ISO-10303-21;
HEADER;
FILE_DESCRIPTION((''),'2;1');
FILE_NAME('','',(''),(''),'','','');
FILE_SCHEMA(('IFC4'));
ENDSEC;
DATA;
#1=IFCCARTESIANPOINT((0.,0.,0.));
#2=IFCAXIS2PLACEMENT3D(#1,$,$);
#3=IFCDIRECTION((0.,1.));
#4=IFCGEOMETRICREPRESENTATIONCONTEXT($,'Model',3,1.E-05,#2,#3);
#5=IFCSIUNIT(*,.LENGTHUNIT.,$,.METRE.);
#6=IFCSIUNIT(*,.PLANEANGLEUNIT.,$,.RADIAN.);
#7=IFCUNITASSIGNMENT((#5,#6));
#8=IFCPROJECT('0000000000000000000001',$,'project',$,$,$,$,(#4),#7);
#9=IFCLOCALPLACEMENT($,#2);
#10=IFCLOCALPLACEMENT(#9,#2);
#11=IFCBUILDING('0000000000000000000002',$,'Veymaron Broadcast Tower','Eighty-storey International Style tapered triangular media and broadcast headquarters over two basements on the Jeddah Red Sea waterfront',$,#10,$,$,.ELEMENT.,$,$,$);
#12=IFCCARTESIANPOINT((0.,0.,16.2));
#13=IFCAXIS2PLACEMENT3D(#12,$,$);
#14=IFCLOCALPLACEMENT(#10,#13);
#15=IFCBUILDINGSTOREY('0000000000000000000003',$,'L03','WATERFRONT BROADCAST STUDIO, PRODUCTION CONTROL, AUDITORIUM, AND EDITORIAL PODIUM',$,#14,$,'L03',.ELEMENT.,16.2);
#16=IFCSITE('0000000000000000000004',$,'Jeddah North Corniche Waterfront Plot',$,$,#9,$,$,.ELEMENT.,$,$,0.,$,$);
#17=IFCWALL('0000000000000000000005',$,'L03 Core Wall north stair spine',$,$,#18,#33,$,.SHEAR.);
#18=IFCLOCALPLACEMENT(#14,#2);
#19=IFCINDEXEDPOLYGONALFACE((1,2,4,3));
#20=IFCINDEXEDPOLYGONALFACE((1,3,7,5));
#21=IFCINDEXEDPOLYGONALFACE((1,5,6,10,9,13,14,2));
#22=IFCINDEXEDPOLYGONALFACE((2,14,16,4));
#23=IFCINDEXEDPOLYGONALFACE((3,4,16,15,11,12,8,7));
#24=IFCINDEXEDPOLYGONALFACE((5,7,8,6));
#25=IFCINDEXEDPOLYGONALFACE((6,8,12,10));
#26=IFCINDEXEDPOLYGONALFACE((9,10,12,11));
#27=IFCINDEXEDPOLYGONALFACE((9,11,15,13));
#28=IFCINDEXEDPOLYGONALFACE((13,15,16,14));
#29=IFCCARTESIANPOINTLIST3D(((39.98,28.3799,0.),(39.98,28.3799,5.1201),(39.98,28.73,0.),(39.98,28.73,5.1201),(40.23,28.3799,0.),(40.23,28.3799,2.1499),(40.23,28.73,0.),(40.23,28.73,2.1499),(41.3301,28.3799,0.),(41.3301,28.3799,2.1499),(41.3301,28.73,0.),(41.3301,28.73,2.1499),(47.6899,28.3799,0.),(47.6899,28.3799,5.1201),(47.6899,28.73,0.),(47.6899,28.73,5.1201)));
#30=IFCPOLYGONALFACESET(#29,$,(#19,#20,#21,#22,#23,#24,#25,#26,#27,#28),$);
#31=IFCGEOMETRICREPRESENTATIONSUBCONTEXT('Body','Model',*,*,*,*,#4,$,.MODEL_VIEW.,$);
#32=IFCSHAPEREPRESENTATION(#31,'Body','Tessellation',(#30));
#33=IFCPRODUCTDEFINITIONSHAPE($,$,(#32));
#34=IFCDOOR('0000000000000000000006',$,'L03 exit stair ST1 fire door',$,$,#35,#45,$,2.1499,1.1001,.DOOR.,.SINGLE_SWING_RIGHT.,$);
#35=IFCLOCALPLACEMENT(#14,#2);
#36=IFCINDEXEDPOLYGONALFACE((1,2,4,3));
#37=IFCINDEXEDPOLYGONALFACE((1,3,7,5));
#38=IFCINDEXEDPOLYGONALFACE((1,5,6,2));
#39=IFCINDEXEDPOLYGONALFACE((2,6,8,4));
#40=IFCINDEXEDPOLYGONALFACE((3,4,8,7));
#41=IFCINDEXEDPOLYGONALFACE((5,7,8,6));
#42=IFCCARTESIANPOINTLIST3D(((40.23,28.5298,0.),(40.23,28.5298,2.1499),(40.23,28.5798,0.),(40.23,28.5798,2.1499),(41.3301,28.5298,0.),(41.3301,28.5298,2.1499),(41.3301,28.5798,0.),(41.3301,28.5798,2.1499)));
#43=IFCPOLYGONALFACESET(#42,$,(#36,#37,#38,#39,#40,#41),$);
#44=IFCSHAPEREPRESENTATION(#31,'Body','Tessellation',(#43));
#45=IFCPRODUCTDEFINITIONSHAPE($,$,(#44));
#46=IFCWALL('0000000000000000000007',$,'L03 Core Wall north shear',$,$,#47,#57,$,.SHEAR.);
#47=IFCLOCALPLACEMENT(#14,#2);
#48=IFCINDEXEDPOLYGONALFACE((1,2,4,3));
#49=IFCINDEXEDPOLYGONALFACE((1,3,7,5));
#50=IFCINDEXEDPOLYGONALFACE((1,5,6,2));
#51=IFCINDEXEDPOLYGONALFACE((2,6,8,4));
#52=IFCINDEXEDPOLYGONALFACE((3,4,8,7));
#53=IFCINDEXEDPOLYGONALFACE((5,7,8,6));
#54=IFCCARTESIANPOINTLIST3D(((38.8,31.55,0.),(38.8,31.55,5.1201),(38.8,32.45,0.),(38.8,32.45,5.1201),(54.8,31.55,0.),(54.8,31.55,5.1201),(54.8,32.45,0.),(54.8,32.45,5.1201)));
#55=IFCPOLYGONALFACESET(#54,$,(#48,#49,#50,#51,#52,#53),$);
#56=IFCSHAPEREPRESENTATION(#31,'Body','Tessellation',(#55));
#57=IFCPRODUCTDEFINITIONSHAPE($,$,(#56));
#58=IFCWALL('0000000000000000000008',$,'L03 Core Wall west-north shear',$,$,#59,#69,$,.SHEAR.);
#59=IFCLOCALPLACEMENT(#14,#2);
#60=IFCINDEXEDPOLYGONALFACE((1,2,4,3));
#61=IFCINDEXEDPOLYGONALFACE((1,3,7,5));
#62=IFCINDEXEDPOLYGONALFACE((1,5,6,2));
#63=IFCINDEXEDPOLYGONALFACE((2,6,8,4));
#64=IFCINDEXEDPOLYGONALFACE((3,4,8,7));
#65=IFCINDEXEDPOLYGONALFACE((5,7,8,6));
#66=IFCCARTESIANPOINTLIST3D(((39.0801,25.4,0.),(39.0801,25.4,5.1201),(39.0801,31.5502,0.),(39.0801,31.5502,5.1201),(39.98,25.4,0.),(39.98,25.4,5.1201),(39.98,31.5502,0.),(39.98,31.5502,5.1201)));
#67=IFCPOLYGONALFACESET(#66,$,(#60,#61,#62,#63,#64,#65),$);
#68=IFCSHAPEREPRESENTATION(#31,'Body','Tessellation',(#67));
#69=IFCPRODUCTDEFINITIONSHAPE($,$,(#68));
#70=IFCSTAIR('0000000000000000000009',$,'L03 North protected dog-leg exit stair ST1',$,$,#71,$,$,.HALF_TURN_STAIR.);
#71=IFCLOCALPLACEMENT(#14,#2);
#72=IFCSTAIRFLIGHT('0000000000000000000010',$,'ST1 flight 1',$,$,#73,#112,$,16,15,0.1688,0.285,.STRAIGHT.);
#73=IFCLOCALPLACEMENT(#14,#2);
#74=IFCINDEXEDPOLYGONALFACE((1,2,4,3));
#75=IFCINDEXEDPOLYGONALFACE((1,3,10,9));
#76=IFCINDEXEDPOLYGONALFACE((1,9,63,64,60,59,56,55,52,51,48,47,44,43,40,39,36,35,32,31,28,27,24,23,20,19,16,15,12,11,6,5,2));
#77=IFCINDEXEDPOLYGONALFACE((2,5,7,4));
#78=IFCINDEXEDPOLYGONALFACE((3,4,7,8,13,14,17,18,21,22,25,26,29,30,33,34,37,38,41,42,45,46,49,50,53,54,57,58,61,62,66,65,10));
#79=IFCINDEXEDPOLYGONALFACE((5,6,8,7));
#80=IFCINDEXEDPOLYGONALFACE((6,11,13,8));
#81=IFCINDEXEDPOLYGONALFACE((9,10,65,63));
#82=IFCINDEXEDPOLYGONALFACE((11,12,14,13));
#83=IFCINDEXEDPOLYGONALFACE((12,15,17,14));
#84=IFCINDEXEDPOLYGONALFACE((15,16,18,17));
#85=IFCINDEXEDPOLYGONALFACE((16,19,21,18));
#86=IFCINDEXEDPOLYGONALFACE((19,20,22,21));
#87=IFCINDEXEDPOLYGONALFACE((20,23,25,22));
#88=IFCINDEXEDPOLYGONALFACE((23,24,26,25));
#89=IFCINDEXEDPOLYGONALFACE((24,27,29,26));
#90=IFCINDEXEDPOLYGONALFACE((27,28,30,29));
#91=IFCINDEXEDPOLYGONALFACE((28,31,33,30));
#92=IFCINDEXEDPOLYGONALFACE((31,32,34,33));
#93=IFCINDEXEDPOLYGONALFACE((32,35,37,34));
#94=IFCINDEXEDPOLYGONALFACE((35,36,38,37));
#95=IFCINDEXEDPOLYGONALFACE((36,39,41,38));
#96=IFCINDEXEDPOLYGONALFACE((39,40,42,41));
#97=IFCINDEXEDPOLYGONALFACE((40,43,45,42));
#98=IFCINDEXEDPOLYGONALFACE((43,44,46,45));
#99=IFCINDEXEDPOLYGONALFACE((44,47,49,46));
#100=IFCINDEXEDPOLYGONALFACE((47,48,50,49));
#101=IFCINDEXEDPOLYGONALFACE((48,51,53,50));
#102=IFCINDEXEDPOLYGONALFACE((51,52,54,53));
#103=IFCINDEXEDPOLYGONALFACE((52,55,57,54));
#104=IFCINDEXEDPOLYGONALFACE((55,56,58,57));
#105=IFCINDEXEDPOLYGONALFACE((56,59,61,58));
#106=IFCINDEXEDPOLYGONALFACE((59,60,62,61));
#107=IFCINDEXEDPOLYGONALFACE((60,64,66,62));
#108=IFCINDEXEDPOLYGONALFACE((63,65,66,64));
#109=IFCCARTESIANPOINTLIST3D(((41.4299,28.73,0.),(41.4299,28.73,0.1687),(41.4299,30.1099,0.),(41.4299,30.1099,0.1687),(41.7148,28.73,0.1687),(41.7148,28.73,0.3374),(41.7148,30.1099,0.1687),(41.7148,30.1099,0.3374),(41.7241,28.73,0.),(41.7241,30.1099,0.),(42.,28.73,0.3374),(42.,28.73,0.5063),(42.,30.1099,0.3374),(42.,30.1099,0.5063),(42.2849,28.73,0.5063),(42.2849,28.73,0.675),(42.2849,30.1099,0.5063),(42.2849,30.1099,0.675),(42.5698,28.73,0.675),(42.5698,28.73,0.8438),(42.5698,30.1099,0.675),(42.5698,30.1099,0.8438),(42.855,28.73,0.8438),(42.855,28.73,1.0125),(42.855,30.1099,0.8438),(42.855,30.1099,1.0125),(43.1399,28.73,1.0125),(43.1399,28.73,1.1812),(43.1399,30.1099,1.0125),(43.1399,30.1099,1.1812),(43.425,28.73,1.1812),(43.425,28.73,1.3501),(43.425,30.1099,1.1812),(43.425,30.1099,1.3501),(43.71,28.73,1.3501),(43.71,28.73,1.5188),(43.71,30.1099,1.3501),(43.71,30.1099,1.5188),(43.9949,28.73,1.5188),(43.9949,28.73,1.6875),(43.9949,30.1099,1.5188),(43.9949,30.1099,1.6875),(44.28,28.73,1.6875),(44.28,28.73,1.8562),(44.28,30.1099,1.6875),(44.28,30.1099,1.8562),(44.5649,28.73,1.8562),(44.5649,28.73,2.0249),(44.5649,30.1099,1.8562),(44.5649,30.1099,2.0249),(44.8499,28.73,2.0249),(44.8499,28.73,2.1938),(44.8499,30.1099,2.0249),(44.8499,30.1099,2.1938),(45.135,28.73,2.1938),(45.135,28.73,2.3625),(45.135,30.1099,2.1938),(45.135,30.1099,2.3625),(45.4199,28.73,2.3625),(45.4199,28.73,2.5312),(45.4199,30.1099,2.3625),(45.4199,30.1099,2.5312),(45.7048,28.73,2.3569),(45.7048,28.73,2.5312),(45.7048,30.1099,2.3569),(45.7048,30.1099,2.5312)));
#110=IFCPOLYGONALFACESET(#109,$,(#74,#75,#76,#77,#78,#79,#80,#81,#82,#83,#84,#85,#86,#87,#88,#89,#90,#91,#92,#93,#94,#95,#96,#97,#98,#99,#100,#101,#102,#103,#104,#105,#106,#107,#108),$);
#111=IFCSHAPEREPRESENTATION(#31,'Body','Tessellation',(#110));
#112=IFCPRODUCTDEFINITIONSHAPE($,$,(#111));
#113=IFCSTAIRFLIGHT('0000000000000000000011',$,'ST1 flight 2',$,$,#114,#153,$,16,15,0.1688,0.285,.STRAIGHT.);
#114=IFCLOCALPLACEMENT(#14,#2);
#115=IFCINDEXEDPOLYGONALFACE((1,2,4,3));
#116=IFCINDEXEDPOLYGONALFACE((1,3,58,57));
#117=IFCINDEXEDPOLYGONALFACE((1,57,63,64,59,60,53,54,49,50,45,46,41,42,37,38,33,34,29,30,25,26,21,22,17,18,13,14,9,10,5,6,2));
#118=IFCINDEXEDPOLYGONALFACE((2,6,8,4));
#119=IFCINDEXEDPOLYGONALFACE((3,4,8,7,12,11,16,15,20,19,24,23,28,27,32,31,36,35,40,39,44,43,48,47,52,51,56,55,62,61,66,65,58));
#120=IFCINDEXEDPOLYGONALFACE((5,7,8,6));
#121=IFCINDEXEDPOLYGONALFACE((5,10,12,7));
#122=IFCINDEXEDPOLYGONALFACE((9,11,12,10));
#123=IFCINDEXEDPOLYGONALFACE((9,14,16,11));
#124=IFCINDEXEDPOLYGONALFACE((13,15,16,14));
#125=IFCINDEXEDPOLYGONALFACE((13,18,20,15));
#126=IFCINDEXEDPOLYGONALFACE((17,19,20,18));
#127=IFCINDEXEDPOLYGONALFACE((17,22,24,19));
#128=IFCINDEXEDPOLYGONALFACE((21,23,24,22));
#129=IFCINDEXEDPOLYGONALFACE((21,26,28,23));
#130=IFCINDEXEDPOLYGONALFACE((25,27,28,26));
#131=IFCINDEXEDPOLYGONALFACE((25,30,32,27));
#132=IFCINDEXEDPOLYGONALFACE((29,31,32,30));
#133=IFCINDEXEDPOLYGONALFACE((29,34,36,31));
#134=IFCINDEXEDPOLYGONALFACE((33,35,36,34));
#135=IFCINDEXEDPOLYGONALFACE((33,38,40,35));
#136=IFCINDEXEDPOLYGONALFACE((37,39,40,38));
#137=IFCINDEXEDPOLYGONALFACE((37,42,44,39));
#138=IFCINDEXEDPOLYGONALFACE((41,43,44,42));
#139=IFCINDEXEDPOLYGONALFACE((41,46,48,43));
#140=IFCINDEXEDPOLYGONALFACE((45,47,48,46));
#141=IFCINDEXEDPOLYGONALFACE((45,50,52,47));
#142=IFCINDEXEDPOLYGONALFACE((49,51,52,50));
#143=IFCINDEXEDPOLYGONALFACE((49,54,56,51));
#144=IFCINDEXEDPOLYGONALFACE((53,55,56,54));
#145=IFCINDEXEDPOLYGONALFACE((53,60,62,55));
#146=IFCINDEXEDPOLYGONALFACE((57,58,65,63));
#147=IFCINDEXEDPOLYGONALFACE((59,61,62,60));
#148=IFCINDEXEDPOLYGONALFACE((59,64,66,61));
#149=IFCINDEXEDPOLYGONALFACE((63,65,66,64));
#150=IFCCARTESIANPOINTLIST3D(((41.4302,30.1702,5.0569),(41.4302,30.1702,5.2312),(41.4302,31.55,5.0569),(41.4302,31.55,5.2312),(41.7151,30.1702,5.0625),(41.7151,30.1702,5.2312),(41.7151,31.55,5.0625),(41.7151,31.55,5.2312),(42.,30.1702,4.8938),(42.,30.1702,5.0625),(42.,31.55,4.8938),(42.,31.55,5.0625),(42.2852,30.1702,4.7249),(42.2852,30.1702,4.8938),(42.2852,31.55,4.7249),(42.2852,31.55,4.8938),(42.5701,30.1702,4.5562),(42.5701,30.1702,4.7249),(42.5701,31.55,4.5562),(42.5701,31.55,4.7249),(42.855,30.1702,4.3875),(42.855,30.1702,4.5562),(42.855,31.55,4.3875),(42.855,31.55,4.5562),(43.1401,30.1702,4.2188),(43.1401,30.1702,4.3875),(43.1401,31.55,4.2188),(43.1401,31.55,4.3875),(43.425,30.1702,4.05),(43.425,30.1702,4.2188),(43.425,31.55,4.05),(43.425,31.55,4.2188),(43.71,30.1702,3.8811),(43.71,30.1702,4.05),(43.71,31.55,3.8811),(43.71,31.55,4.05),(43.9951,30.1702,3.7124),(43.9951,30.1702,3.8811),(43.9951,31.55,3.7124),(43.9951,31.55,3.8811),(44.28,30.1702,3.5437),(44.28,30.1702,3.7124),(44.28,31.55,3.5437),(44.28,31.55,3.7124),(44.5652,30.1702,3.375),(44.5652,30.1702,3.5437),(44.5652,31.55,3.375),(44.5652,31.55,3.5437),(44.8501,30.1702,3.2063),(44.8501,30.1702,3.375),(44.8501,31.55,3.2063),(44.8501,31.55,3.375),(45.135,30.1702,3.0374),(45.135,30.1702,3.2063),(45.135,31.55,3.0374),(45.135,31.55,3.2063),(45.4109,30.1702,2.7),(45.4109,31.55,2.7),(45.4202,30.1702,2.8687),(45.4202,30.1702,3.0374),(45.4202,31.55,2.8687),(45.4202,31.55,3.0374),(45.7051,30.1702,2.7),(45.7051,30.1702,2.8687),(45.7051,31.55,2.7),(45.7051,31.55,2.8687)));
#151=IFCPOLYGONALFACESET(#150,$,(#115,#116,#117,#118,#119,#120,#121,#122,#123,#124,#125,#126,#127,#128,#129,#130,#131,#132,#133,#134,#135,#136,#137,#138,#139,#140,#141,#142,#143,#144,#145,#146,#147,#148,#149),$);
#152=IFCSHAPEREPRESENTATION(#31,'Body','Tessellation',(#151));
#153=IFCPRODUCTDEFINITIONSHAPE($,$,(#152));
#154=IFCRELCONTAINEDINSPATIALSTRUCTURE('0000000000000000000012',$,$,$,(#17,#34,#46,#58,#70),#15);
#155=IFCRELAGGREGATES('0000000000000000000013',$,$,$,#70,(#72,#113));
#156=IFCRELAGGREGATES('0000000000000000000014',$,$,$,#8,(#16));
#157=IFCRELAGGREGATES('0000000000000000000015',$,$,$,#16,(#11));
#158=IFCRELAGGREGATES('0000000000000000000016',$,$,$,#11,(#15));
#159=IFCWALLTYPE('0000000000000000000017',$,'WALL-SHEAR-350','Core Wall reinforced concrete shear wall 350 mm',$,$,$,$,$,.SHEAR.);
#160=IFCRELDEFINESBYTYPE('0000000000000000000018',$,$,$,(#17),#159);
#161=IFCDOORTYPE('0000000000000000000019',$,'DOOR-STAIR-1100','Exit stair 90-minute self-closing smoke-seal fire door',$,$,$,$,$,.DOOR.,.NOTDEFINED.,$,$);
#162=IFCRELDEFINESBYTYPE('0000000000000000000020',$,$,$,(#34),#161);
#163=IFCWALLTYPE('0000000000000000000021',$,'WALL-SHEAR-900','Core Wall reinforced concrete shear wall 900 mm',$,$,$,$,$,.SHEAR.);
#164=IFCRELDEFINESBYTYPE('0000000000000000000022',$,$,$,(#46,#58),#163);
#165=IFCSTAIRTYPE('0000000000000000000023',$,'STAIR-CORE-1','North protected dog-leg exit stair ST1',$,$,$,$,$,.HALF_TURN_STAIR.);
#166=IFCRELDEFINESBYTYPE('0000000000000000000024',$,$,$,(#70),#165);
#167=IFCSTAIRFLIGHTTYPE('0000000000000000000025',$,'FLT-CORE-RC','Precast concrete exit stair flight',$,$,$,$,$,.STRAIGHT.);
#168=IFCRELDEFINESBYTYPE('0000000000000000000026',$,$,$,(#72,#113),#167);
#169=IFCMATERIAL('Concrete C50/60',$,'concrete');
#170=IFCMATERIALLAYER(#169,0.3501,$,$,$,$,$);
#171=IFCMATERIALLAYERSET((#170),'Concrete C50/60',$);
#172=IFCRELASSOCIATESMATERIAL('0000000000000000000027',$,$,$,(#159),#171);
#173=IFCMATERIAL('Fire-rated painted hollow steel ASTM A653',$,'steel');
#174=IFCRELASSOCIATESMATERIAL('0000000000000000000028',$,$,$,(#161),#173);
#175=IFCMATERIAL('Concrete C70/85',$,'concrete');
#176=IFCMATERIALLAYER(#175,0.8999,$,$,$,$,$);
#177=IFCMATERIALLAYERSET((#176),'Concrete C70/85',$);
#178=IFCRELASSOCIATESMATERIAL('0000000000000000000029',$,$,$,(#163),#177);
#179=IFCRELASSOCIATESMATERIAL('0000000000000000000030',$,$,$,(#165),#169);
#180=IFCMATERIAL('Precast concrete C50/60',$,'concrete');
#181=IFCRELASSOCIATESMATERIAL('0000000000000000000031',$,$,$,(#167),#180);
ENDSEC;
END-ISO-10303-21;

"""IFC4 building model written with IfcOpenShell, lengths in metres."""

from ifc_helpers import new_model, si_unit, direction, frame, frame_2d, origin, place, context, subcontext, project, spatial, polyline, rectangle, outline, extrude, material, layer, layer_set, type_object, element, fill, aggregate, save


model = new_model("IFC4")

# Units and contexts
model_context = context("Model", 3, precision=1e-05, world=origin(), true_north=direction((0.0, 1.0)))
body_context = subcontext(model_context, "Body", "Model", "MODEL_VIEW")
ifc_project = project(units=[si_unit("LENGTHUNIT", "METRE"), si_unit("PLANEANGLEUNIT", "RADIAN")], contexts=[model_context])

# Site, building, storey
site_placement = place(None, origin())
site = spatial("IfcSite", under=ifc_project, at=site_placement, Name="Jeddah North Corniche Waterfront Plot", CompositionType="ELEMENT", RefElevation=0.0)
building_placement = place(site_placement, origin())
building = spatial("IfcBuilding", under=site, at=building_placement, Name="Veymaron Broadcast Tower", Description="Eighty-storey International Style tapered triangular media and broadcast headquarters over two basements on the Jeddah Red Sea waterfront", CompositionType="ELEMENT")
storey_placement = place(building_placement, frame((0.0, 0.0, 16.2)))
storey = spatial("IfcBuildingStorey", under=building, at=storey_placement, Name="L03", Description="WATERFRONT BROADCAST STUDIO, PRODUCTION CONTROL, AUDITORIUM, AND EDITORIAL PODIUM", LongName="L03", CompositionType="ELEMENT", Elevation=16.2)

# Shared definitions
ifc_material_1 = material(Name="Concrete C50/60", Category="concrete")

# Shared definitions
ifc_material_2 = material(Name="Fire-rated painted hollow steel ASTM A653", Category="steel")

# Wall, opening, door
ifc_layer_1 = layer(ifc_material_1, 0.3501)
ifc_layer_set_1 = layer_set([ifc_layer_1], Name="Concrete C50/60")
wall_type_1 = type_object("IfcWallType", Name="WALL-SHEAR-350", Description="Core Wall reinforced concrete shear wall 350 mm", PredefinedType="SHEAR", material=ifc_layer_set_1)
wall_1_placement = place(storey_placement, frame((39.98, 28.5549, 0.0), z_axis=(0.0, 0.0, 1.0), x_axis=(1.0, 0.0, 0.0)))
wall_1 = element("IfcWall", 1, at=wall_1_placement, inside=storey, type_object=wall_type_1, Name="L03 Core Wall north stair spine", PredefinedType="SHEAR", context=body_context, shape_type="SweptSolid", body=[
    extrude(rectangle(XDim=7.71, YDim=0.3501, at=frame_2d((3.855, 0.0))), origin(), (0.0, 0.0, 1.0), 5.1201),
])
opening_1_placement = place(wall_1_placement, frame((0.25, 0.0, 0.0)))
opening_1 = element("IfcOpeningElement", 2, at=opening_1_placement, cuts=wall_1, PredefinedType="OPENING", context=body_context, shape_type="SweptSolid", body=[
    extrude(rectangle(XDim=1.1001, YDim=2.1499, at=frame_2d((0.55, 1.075))), frame((0.0, 0.1851, 0.0), z_axis=(0.0, -1.0, 0.0), x_axis=(1.0, 0.0, 0.0)), (0.0, 0.0, 1.0), 0.3701),
])
door_type_1 = type_object("IfcDoorType", Name="DOOR-STAIR-1100", Description="Exit stair 90-minute self-closing smoke-seal fire door", OperationType="NOTDEFINED", PredefinedType="DOOR", material=ifc_material_2)
door_1_placement = place(opening_1_placement, origin())
door_1 = element("IfcDoor", 3, at=door_1_placement, inside=storey, type_object=door_type_1, Name="L03 exit stair ST1 fire door", OperationType="SINGLE_SWING_RIGHT", OverallHeight=2.1499, OverallWidth=1.1001, PredefinedType="DOOR", context=body_context, shape_type="SweptSolid", body=[
    extrude(rectangle(XDim=1.1001, YDim=2.1499, at=frame_2d((0.55, 1.075))), frame((0.0, 0.0249, 0.0), z_axis=(0.0, -1.0, 0.0), x_axis=(1.0, 0.0, 0.0)), (0.0, 0.0, 1.0), 0.05),
])
fill(opening_1, door_1)

# Walls
ifc_material_3 = material(Name="Concrete C70/85", Category="concrete")
ifc_layer_2 = layer(ifc_material_3, 0.8999)
ifc_layer_set_2 = layer_set([ifc_layer_2], Name="Concrete C70/85")
wall_type_2 = type_object("IfcWallType", Name="WALL-SHEAR-900", Description="Core Wall reinforced concrete shear wall 900 mm", PredefinedType="SHEAR", material=ifc_layer_set_2)
wall_2_placement = place(storey_placement, frame((38.8, 32.0, 0.0), z_axis=(0.0, 0.0, 1.0), x_axis=(1.0, 0.0, 0.0)))
element("IfcWall", 4, at=wall_2_placement, inside=storey, type_object=wall_type_2, Name="L03 Core Wall north shear", PredefinedType="SHEAR", context=body_context, shape_type="SweptSolid", body=[
    extrude(rectangle(XDim=16.0, YDim=0.8999, at=frame_2d((8.0, 0.0))), origin(), (0.0, 0.0, 1.0), 5.1201),
])
wall_3_placement = place(storey_placement, frame((39.53, 25.3999, 0.0), z_axis=(0.0, 0.0, 1.0), x_axis=(0.0, 1.0, 0.0)))
element("IfcWall", 5, at=wall_3_placement, inside=storey, type_object=wall_type_2, Name="L03 Core Wall west-north shear", PredefinedType="SHEAR", context=body_context, shape_type="SweptSolid", body=[
    extrude(rectangle(XDim=6.1501, YDim=0.8999, at=frame_2d((3.0752, 0.0))), origin(), (0.0, 0.0, 1.0), 5.1201),
])

# Stair, stair flights
stair_type_1 = type_object("IfcStairType", Name="STAIR-CORE-1", Description="North protected dog-leg exit stair ST1", PredefinedType="HALF_TURN_STAIR", material=ifc_material_1)
stair_1_placement = place(storey_placement, origin())
stair_1 = element("IfcStair", 6, at=stair_1_placement, inside=storey, type_object=stair_type_1, Name="L03 North protected dog-leg exit stair ST1", PredefinedType="HALF_TURN_STAIR")
ifc_material_4 = material(Name="Precast concrete C50/60", Category="concrete")
stair_flight_type_1 = type_object("IfcStairFlightType", Name="FLT-CORE-RC", Description="Precast concrete exit stair flight", PredefinedType="STRAIGHT", material=ifc_material_4)
stair_flight_1_placement = place(storey_placement, frame((41.4299, 29.4199, 0.0), z_axis=(0.0, 0.0, 1.0), x_axis=(1.0, 0.0, 0.0)))
stair_flight_1 = element("IfcStairFlight", 7, at=stair_flight_1_placement, type_object=stair_flight_type_1, Name="ST1 flight 1", NumberOfRisers=16, NumberOfTreads=15, PredefinedType="STRAIGHT", RiserHeight=0.1688, TreadLength=0.285, context=body_context, shape_type="SweptSolid", body=[
    extrude(outline(polyline([(0.0, 0.0), (0.0, 0.1687), (0.2849, 0.1687), (0.2849, 0.3374), (0.5701, 0.3374), (0.5701, 0.5063), (0.855, 0.5063), (0.855, 0.675), (1.1399, 0.675), (1.1399, 0.8438), (1.425, 0.8438), (1.425, 1.0125), (1.71, 1.0125), (1.71, 1.1812), (1.9951, 1.1812), (1.9951, 1.3501), (2.28, 1.3501), (2.28, 1.5188), (2.5649, 1.5188), (2.5649, 1.6875), (2.8501, 1.6875), (2.8501, 1.8562), (3.135, 1.8562), (3.135, 2.0249), (3.4199, 2.0249), (3.4199, 2.1938), (3.7051, 2.1938), (3.7051, 2.3625), (3.99, 2.3625), (3.99, 2.5312), (4.2749, 2.5312), (4.2749, 2.7), (4.2749, 2.3569), (0.2942, 0.0), (0.0, 0.0)])), frame((0.0, 0.6899, 0.0), z_axis=(0.0, -1.0, 0.0), x_axis=(1.0, 0.0, 0.0)), (0.0, 0.0, 1.0), 1.3799),
])
stair_flight_2_placement = place(storey_placement, frame((45.7051, 30.8601, 2.7), z_axis=(0.0, 0.0, 1.0), x_axis=(-1.0, 0.0, 0.0)))
stair_flight_2 = element("IfcStairFlight", 8, at=stair_flight_2_placement, type_object=stair_flight_type_1, Name="ST1 flight 2", NumberOfRisers=16, NumberOfTreads=15, PredefinedType="STRAIGHT", RiserHeight=0.1688, TreadLength=0.285, context=body_context, shape_type="SweptSolid", body=[
    extrude(outline(polyline([(0.0, 0.0), (0.0, 0.1687), (0.2849, 0.1687), (0.2849, 0.3374), (0.5701, 0.3374), (0.5701, 0.5063), (0.855, 0.5063), (0.855, 0.675), (1.1399, 0.675), (1.1399, 0.8438), (1.425, 0.8438), (1.425, 1.0125), (1.71, 1.0125), (1.71, 1.1812), (1.9951, 1.1812), (1.9951, 1.3501), (2.28, 1.3501), (2.28, 1.5188), (2.5649, 1.5188), (2.5649, 1.6875), (2.8501, 1.6875), (2.8501, 1.8562), (3.135, 1.8562), (3.135, 2.0249), (3.4199, 2.0249), (3.4199, 2.1938), (3.7051, 2.1938), (3.7051, 2.3625), (3.99, 2.3625), (3.99, 2.5312), (4.2749, 2.5312), (4.2749, 2.7), (4.2749, 2.3569), (0.2942, 0.0), (0.0, 0.0)])), frame((0.0, 0.6899, 0.0), z_axis=(0.0, -1.0, 0.0), x_axis=(1.0, 0.0, 0.0)), (0.0, 0.0, 1.0), 1.3799),
])
aggregate(stair_1, [stair_flight_1, stair_flight_2])

save(model, "model.ifc")
